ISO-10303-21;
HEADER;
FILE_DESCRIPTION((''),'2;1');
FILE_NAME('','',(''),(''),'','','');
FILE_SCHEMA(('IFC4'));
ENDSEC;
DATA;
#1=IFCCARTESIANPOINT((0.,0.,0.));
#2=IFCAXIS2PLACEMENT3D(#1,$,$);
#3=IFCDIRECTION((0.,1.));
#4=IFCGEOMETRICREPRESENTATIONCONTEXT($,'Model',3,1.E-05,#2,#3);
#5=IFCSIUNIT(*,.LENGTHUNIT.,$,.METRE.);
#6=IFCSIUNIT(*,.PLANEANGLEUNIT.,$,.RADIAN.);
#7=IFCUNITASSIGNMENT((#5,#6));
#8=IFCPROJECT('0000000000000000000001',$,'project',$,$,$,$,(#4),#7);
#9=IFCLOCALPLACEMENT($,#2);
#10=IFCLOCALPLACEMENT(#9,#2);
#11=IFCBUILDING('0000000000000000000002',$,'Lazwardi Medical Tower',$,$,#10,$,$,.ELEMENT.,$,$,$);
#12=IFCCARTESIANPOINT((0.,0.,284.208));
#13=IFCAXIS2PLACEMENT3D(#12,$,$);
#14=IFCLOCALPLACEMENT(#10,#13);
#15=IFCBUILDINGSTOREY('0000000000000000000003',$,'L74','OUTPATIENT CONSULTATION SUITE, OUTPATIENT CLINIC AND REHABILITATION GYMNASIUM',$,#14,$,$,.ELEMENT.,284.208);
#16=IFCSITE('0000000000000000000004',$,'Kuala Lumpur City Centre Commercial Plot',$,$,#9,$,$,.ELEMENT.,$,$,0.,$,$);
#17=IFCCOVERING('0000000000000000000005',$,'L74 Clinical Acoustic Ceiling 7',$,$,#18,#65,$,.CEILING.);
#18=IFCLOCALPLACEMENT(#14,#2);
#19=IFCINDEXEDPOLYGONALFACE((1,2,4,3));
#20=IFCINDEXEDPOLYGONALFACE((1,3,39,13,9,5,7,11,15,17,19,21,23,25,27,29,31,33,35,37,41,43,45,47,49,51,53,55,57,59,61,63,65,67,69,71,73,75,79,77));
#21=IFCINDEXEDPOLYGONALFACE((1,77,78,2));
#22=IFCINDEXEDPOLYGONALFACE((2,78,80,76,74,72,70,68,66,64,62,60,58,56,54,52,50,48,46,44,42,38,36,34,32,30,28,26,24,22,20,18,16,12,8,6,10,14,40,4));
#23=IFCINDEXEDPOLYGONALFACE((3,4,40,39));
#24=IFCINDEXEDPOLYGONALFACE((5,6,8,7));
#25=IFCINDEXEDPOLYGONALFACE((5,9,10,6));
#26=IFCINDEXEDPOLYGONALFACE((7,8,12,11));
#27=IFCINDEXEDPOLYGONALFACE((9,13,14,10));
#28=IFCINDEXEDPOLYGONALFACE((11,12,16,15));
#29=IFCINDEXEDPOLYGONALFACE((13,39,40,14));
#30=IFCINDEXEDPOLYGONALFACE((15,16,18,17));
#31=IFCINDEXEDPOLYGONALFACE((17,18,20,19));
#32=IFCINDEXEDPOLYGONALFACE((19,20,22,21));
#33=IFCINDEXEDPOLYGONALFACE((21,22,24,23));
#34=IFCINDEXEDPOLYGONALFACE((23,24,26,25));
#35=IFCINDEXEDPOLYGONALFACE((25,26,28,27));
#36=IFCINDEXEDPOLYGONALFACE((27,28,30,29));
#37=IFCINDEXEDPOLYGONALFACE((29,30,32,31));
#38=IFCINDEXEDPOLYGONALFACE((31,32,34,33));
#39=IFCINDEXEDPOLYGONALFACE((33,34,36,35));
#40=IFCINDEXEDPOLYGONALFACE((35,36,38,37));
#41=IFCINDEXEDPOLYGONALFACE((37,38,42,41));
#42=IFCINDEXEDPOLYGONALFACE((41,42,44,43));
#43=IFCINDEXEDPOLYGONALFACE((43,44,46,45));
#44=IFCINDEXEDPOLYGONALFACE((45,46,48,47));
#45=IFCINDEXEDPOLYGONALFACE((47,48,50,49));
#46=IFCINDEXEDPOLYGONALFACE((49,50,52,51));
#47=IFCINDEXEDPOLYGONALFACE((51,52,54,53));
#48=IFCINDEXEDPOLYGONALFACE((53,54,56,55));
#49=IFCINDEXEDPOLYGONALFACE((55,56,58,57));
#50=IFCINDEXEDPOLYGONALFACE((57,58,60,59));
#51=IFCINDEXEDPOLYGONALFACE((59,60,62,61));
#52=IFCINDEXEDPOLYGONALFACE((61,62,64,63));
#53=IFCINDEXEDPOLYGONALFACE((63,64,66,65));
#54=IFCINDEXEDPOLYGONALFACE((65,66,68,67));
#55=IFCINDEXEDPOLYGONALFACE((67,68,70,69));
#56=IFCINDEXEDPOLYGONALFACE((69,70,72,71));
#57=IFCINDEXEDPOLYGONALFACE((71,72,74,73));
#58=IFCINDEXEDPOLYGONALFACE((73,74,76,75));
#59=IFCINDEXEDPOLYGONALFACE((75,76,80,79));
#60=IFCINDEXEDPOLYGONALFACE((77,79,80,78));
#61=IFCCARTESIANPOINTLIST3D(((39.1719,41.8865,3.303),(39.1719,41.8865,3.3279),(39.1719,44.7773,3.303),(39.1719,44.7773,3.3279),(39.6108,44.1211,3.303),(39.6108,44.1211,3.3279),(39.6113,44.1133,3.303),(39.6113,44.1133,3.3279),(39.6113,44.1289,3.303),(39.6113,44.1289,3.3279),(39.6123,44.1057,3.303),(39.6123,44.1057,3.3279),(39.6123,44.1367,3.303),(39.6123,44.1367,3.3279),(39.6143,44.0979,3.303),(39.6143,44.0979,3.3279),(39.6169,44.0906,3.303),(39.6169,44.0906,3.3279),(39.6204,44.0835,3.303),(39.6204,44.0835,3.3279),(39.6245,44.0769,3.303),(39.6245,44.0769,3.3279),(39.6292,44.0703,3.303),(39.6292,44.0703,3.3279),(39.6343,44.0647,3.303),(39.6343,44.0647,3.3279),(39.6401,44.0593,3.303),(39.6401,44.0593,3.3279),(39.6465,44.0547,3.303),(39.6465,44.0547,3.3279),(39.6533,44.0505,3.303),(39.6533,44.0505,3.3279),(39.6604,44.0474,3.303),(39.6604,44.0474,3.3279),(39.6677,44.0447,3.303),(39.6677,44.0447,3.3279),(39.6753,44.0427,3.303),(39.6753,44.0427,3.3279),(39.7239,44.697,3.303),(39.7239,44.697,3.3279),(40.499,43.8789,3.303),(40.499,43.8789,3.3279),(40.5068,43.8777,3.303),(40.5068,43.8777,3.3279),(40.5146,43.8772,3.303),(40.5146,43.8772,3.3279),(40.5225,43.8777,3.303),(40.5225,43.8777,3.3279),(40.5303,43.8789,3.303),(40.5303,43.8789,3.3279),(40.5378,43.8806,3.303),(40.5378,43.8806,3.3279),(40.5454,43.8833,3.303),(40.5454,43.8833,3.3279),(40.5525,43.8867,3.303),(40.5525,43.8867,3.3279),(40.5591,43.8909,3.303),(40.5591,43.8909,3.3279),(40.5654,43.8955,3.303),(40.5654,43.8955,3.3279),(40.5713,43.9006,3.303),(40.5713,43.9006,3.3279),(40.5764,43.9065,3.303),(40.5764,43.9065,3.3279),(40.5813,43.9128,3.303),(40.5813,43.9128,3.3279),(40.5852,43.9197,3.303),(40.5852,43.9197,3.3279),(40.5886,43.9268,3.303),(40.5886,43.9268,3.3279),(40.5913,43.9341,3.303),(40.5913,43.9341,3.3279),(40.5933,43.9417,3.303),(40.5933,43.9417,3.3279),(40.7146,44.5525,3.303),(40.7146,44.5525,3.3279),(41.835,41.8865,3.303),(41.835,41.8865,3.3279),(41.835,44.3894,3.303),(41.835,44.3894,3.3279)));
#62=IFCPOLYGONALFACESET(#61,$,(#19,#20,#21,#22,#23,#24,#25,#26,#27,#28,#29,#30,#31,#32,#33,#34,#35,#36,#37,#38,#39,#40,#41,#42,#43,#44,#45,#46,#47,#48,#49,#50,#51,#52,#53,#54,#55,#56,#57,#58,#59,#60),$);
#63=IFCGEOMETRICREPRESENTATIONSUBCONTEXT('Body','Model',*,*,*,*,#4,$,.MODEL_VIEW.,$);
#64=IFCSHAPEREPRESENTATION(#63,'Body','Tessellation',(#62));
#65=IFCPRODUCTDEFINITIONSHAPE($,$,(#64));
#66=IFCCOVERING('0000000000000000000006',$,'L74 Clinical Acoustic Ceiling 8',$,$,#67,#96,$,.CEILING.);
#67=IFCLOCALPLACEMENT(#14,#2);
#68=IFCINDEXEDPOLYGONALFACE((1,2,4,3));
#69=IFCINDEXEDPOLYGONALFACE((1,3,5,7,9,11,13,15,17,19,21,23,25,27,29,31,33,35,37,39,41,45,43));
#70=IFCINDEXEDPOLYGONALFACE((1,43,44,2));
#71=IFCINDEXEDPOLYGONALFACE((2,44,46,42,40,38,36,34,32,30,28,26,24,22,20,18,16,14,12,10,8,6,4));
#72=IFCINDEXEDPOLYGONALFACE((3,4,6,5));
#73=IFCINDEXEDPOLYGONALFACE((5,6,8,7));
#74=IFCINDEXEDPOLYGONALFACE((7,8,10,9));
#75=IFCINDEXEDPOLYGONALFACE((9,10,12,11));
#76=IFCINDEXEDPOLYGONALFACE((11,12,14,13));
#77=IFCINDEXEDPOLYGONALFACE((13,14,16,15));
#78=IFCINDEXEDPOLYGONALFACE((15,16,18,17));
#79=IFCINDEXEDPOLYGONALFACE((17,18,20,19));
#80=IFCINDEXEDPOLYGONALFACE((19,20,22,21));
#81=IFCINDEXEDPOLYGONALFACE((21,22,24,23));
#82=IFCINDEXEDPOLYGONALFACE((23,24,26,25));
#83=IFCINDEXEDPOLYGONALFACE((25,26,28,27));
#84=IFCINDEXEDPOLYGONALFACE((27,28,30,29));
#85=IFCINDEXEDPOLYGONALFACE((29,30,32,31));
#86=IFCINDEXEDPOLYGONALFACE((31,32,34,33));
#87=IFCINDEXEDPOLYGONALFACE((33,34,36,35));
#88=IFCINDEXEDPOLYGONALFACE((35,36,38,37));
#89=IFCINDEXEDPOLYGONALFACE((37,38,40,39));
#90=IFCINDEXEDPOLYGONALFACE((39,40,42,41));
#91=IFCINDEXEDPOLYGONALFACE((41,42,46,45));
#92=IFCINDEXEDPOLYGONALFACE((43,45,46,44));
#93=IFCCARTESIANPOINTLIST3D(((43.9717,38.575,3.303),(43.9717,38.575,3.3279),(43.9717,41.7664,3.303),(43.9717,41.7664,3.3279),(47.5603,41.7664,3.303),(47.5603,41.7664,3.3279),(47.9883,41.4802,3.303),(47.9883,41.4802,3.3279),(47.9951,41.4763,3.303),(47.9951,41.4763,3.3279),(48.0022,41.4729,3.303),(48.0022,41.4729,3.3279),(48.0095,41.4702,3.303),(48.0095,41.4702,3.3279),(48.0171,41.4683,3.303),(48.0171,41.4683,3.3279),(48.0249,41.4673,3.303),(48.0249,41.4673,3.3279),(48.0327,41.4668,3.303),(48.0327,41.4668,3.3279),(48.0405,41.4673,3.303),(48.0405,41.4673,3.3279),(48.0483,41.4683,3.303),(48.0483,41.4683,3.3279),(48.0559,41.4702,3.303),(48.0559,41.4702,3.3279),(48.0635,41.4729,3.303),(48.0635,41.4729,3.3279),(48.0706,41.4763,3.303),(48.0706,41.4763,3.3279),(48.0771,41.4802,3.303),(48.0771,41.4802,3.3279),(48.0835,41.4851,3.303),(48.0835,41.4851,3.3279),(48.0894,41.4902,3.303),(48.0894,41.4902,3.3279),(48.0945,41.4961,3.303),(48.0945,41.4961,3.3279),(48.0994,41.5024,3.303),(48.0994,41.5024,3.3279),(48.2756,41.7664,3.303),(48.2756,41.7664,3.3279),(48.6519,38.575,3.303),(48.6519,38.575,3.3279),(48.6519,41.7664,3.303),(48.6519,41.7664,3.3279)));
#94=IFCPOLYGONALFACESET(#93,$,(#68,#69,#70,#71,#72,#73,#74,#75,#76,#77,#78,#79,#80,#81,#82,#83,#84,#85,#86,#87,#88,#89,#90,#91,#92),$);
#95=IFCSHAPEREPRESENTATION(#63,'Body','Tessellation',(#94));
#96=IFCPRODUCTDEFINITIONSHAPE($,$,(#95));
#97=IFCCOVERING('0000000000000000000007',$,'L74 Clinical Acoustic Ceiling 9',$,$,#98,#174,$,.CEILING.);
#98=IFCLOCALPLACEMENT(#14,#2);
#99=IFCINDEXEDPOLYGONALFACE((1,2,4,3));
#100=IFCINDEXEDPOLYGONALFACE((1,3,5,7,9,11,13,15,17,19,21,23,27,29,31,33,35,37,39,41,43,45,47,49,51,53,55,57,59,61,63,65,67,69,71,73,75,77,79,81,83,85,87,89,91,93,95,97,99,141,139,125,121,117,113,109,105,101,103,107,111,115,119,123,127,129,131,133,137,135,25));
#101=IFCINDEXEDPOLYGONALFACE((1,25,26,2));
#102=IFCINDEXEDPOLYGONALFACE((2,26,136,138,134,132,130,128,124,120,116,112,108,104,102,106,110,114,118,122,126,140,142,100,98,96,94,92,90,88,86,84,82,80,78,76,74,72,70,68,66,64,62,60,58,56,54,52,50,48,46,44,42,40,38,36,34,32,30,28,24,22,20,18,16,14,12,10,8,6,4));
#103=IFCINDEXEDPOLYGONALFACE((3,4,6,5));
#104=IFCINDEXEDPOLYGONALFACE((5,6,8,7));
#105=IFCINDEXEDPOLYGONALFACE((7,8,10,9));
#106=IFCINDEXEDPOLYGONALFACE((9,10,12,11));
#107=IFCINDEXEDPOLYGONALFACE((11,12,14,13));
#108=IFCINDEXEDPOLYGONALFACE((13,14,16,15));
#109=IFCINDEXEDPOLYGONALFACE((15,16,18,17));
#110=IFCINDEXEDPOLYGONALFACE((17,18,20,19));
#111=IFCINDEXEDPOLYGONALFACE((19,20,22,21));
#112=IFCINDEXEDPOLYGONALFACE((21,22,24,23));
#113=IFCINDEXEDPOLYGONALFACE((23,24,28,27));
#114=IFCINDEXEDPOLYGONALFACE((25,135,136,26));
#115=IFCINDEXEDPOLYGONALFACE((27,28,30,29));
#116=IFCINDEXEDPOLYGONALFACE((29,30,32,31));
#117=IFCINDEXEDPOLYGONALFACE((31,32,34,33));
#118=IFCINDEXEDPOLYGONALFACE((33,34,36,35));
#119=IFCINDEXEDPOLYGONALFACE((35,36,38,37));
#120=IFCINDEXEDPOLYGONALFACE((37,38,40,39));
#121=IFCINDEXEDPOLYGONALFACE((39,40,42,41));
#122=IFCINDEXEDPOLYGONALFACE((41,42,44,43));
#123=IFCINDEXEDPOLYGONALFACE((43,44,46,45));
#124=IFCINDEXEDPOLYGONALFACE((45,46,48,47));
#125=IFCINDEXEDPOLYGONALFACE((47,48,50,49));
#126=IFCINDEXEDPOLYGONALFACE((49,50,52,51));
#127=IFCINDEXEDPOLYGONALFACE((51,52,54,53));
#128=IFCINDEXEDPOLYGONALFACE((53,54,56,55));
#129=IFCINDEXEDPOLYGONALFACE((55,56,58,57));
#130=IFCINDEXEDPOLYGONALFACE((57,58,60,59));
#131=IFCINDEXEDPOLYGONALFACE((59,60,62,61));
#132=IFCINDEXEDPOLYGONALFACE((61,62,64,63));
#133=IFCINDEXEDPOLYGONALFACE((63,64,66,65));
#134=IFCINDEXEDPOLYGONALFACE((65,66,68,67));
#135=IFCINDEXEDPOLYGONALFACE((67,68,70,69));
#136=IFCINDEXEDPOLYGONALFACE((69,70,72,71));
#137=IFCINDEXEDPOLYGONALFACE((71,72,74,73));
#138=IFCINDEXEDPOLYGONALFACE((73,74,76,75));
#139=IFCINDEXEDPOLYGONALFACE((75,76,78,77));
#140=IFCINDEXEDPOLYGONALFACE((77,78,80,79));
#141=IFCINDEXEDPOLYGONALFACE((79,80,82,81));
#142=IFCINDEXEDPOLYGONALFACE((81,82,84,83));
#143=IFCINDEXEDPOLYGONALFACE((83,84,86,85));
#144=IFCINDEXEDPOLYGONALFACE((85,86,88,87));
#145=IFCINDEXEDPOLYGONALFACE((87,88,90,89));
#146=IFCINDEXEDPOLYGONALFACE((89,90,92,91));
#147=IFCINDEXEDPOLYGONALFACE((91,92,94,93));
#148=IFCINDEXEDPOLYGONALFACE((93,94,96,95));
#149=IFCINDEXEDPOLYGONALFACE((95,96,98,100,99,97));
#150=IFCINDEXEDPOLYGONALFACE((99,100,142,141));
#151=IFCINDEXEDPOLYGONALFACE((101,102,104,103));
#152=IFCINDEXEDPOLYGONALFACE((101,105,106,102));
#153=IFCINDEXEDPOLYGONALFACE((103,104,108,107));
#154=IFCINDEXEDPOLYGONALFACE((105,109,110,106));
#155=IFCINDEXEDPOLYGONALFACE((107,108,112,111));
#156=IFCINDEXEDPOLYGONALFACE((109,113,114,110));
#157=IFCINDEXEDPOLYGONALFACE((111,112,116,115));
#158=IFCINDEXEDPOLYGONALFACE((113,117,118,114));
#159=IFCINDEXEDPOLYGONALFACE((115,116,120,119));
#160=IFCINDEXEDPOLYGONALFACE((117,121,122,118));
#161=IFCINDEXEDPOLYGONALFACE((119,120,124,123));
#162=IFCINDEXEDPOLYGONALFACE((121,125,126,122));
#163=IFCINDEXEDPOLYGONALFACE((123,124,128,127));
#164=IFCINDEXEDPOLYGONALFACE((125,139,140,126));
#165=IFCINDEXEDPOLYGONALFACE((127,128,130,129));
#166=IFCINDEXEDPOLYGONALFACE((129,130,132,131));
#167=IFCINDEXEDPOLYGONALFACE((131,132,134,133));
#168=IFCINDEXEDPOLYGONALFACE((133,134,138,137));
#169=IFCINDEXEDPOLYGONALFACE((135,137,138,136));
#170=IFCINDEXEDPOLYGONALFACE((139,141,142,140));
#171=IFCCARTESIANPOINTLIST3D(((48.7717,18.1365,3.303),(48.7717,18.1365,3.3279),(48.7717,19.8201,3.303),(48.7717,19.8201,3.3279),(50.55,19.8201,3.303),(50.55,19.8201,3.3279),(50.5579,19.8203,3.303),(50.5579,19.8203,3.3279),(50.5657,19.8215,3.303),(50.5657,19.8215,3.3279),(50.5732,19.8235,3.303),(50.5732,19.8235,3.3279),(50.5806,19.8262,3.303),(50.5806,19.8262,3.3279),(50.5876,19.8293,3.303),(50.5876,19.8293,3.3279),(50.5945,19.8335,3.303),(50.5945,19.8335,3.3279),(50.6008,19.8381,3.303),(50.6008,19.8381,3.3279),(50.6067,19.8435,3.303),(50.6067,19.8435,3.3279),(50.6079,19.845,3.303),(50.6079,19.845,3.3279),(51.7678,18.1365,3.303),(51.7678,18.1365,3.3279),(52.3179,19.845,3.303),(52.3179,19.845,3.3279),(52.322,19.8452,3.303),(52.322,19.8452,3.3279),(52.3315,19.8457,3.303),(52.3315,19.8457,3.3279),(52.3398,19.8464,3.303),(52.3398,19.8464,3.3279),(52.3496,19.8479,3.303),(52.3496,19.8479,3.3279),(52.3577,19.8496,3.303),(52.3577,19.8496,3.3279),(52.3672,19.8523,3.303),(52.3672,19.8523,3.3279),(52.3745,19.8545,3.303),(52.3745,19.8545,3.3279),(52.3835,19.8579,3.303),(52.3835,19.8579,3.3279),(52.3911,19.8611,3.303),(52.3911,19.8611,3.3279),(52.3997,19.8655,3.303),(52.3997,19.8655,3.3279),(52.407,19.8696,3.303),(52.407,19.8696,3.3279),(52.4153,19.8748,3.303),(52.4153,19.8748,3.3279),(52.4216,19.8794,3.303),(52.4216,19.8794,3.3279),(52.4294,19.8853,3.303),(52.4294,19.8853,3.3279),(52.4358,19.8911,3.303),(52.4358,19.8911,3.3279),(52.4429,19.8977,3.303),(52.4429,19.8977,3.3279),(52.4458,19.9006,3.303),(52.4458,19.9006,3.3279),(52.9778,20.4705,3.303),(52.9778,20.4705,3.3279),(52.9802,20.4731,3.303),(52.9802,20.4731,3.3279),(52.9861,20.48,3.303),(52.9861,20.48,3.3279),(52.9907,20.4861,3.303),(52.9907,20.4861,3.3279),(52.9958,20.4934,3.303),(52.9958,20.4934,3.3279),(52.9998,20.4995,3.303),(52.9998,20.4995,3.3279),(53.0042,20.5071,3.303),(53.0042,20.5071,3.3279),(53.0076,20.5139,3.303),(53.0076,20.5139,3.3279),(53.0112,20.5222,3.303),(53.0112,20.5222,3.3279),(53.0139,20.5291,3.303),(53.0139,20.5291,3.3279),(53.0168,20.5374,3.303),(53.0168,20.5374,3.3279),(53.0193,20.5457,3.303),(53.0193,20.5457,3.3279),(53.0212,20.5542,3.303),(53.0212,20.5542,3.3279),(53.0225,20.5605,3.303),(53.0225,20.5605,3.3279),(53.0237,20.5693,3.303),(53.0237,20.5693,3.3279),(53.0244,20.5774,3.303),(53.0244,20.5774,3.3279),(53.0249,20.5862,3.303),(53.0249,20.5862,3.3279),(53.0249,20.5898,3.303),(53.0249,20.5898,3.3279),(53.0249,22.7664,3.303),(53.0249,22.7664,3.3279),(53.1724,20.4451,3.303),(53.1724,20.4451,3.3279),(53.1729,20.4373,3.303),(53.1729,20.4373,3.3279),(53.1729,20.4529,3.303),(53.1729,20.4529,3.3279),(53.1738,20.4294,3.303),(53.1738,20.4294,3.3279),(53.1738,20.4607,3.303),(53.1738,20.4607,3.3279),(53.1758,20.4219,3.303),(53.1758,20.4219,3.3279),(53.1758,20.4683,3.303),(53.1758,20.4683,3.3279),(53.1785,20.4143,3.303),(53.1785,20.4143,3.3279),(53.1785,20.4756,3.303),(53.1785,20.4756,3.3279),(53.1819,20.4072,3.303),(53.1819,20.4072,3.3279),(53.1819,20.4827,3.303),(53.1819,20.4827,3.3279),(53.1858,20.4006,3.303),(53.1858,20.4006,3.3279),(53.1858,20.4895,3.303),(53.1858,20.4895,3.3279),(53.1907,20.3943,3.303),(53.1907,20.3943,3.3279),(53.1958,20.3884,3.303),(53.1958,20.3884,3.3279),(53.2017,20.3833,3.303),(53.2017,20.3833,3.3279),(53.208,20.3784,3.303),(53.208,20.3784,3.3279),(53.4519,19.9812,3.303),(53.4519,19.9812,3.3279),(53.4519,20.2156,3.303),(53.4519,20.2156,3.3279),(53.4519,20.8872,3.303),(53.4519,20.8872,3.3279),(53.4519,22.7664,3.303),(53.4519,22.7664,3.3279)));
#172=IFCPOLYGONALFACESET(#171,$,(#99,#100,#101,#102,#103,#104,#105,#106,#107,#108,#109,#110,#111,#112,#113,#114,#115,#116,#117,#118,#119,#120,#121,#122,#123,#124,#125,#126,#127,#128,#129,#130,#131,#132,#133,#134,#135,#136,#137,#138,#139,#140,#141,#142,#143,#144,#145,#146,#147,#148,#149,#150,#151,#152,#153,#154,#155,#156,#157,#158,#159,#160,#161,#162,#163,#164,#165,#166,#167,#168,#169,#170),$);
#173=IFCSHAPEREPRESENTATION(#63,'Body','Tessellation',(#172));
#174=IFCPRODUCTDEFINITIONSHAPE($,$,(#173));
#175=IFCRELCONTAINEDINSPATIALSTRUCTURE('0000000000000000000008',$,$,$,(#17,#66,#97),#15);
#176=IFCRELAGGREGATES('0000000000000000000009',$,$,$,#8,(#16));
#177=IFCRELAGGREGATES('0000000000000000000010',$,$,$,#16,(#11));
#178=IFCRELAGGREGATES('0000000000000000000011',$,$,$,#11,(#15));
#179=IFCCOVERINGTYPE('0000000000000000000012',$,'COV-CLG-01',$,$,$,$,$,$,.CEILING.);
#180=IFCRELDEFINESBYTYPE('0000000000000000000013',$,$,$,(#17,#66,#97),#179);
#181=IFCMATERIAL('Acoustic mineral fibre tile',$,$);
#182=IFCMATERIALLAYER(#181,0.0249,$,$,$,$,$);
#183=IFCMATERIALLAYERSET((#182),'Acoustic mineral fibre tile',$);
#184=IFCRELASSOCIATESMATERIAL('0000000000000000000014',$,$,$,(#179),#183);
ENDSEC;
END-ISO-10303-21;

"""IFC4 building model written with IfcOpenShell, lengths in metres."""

from ifc_helpers import new_model, si_unit, direction, frame, origin, place, context, subcontext, project, spatial, polyline, outline, extrude, material, layer, layer_set, type_object, element, save


model = new_model("IFC4")

# Units and contexts
model_context = context("Model", 3, precision=1e-05, world=origin(), true_north=direction((0.0, 1.0)))
body_context = subcontext(model_context, "Body", "Model", "MODEL_VIEW")
ifc_project = project(units=[si_unit("LENGTHUNIT", "METRE"), si_unit("PLANEANGLEUNIT", "RADIAN")], contexts=[model_context])

# Site, building, storey
site_placement = place(None, origin())
site = spatial("IfcSite", under=ifc_project, at=site_placement, Name="Kuala Lumpur City Centre Commercial Plot", CompositionType="ELEMENT", RefElevation=0.0)
building_placement = place(site_placement, origin())
building = spatial("IfcBuilding", under=site, at=building_placement, Name="Lazwardi Medical Tower", CompositionType="ELEMENT")
storey_placement = place(building_placement, frame((0.0, 0.0, 284.208)))
storey = spatial("IfcBuildingStorey", under=building, at=storey_placement, Name="L74", Description="OUTPATIENT CONSULTATION SUITE, OUTPATIENT CLINIC AND REHABILITATION GYMNASIUM", CompositionType="ELEMENT", Elevation=284.208)

# Coverings
ifc_material_1 = material(Name="Acoustic mineral fibre tile")
ifc_layer_1 = layer(ifc_material_1, 0.0249)
ifc_layer_set_1 = layer_set([ifc_layer_1], Name="Acoustic mineral fibre tile")
covering_type_1 = type_object("IfcCoveringType", Name="COV-CLG-01", PredefinedType="CEILING", material=ifc_layer_set_1)
covering_1_placement = place(storey_placement, frame((0.0, 0.0, 3.303)))
element("IfcCovering", 1, at=covering_1_placement, inside=storey, type_object=covering_type_1, Name="L74 Clinical Acoustic Ceiling 7", PredefinedType="CEILING", context=body_context, shape_type="SweptSolid", body=[
    extrude(outline(polyline([(41.835, 41.8865), (41.835, 44.3894), (40.7146, 44.5525), (40.5933, 43.9417), (40.5913, 43.9341), (40.5886, 43.9268), (40.5852, 43.9197), (40.5813, 43.9128), (40.5764, 43.9065), (40.5713, 43.9006), (40.5654, 43.8955), (40.5591, 43.8909), (40.5525, 43.8867), (40.5454, 43.8833), (40.5378, 43.8806), (40.5303, 43.8789), (40.5225, 43.8777), (40.5146, 43.8772), (40.5068, 43.8777), (40.499, 43.8789), (39.6753, 44.0427), (39.6677, 44.0447), (39.6604, 44.0474), (39.6533, 44.0505), (39.6465, 44.0547), (39.6401, 44.0593), (39.6343, 44.0647), (39.6292, 44.0703), (39.6245, 44.0769), (39.6204, 44.0835), (39.6169, 44.0906), (39.6143, 44.0979), (39.6123, 44.1057), (39.6113, 44.1133), (39.6108, 44.1211), (39.6113, 44.1289), (39.6123, 44.1367), (39.7239, 44.697), (39.1719, 44.7773), (39.1719, 41.8865), (41.835, 41.8865)])), origin(), (0.0, 0.0, 1.0), 0.0249),
])
covering_2_placement = place(storey_placement, frame((0.0, 0.0, 3.303)))
element("IfcCovering", 2, at=covering_2_placement, inside=storey, type_object=covering_type_1, Name="L74 Clinical Acoustic Ceiling 8", PredefinedType="CEILING", context=body_context, shape_type="SweptSolid", body=[
    extrude(outline(polyline([(48.2756, 41.7664), (48.0994, 41.5024), (48.0945, 41.4961), (48.0894, 41.4902), (48.0835, 41.4851), (48.0771, 41.4802), (48.0706, 41.4763), (48.0635, 41.4729), (48.0559, 41.4702), (48.0483, 41.4683), (48.0405, 41.4673), (48.0327, 41.4668), (48.0249, 41.4673), (48.0171, 41.4683), (48.0095, 41.4702), (48.0022, 41.4729), (47.9951, 41.4763), (47.9883, 41.4802), (47.5603, 41.7664), (43.9717, 41.7664), (43.9717, 38.575), (48.6519, 38.575), (48.6519, 41.7664), (48.2756, 41.7664)])), origin(), (0.0, 0.0, 1.0), 0.0249),
])
covering_3_placement = place(storey_placement, frame((0.0, 0.0, 3.303)))
element("IfcCovering", 3, at=covering_3_placement, inside=storey, type_object=covering_type_1, Name="L74 Clinical Acoustic Ceiling 9", PredefinedType="CEILING", context=body_context, shape_type="SweptSolid", body=[
    extrude(outline(polyline([(53.4519, 20.2156), (53.208, 20.3784), (53.2017, 20.3833), (53.1958, 20.3884), (53.1907, 20.3943), (53.1858, 20.4006), (53.1819, 20.4072), (53.1785, 20.4143), (53.1758, 20.4219), (53.1738, 20.4294), (53.1729, 20.4373), (53.1724, 20.4451), (53.1729, 20.4529), (53.1738, 20.4607), (53.1758, 20.4683), (53.1785, 20.4756), (53.1819, 20.4827), (53.1858, 20.4895), (53.4519, 20.8872), (53.4519, 22.7664), (53.0249, 22.7664), (53.0249, 20.5898), (53.0249, 20.5862), (53.0244, 20.5774), (53.0237, 20.5693), (53.0225, 20.5605), (53.0212, 20.5542), (53.0193, 20.5457), (53.0168, 20.5374), (53.0139, 20.5291), (53.0112, 20.5222), (53.0076, 20.5139), (53.0042, 20.5071), (52.9998, 20.4995), (52.9958, 20.4934), (52.9907, 20.4861), (52.9861, 20.48), (52.9802, 20.4731), (52.9778, 20.4705), (52.4458, 19.9006), (52.4429, 19.8977), (52.4358, 19.8911), (52.4294, 19.8853), (52.4216, 19.8794), (52.4153, 19.8748), (52.407, 19.8696), (52.3997, 19.8655), (52.3911, 19.8611), (52.3835, 19.8579), (52.3745, 19.8545), (52.3672, 19.8523), (52.3577, 19.8496), (52.3496, 19.8479), (52.3398, 19.8464), (52.3315, 19.8457), (52.322, 19.8452), (52.3179, 19.845), (50.6079, 19.845), (50.6067, 19.8435), (50.6008, 19.8381), (50.5945, 19.8335), (50.5876, 19.8293), (50.5806, 19.8262), (50.5732, 19.8235), (50.5657, 19.8215), (50.5579, 19.8203), (50.55, 19.8201), (48.7717, 19.8201), (48.7717, 18.1365), (51.7678, 18.1365), (53.4519, 19.9812), (53.4519, 20.2156)])), origin(), (0.0, 0.0, 1.0), 0.0249),
])

save(model, "model.ifc")
